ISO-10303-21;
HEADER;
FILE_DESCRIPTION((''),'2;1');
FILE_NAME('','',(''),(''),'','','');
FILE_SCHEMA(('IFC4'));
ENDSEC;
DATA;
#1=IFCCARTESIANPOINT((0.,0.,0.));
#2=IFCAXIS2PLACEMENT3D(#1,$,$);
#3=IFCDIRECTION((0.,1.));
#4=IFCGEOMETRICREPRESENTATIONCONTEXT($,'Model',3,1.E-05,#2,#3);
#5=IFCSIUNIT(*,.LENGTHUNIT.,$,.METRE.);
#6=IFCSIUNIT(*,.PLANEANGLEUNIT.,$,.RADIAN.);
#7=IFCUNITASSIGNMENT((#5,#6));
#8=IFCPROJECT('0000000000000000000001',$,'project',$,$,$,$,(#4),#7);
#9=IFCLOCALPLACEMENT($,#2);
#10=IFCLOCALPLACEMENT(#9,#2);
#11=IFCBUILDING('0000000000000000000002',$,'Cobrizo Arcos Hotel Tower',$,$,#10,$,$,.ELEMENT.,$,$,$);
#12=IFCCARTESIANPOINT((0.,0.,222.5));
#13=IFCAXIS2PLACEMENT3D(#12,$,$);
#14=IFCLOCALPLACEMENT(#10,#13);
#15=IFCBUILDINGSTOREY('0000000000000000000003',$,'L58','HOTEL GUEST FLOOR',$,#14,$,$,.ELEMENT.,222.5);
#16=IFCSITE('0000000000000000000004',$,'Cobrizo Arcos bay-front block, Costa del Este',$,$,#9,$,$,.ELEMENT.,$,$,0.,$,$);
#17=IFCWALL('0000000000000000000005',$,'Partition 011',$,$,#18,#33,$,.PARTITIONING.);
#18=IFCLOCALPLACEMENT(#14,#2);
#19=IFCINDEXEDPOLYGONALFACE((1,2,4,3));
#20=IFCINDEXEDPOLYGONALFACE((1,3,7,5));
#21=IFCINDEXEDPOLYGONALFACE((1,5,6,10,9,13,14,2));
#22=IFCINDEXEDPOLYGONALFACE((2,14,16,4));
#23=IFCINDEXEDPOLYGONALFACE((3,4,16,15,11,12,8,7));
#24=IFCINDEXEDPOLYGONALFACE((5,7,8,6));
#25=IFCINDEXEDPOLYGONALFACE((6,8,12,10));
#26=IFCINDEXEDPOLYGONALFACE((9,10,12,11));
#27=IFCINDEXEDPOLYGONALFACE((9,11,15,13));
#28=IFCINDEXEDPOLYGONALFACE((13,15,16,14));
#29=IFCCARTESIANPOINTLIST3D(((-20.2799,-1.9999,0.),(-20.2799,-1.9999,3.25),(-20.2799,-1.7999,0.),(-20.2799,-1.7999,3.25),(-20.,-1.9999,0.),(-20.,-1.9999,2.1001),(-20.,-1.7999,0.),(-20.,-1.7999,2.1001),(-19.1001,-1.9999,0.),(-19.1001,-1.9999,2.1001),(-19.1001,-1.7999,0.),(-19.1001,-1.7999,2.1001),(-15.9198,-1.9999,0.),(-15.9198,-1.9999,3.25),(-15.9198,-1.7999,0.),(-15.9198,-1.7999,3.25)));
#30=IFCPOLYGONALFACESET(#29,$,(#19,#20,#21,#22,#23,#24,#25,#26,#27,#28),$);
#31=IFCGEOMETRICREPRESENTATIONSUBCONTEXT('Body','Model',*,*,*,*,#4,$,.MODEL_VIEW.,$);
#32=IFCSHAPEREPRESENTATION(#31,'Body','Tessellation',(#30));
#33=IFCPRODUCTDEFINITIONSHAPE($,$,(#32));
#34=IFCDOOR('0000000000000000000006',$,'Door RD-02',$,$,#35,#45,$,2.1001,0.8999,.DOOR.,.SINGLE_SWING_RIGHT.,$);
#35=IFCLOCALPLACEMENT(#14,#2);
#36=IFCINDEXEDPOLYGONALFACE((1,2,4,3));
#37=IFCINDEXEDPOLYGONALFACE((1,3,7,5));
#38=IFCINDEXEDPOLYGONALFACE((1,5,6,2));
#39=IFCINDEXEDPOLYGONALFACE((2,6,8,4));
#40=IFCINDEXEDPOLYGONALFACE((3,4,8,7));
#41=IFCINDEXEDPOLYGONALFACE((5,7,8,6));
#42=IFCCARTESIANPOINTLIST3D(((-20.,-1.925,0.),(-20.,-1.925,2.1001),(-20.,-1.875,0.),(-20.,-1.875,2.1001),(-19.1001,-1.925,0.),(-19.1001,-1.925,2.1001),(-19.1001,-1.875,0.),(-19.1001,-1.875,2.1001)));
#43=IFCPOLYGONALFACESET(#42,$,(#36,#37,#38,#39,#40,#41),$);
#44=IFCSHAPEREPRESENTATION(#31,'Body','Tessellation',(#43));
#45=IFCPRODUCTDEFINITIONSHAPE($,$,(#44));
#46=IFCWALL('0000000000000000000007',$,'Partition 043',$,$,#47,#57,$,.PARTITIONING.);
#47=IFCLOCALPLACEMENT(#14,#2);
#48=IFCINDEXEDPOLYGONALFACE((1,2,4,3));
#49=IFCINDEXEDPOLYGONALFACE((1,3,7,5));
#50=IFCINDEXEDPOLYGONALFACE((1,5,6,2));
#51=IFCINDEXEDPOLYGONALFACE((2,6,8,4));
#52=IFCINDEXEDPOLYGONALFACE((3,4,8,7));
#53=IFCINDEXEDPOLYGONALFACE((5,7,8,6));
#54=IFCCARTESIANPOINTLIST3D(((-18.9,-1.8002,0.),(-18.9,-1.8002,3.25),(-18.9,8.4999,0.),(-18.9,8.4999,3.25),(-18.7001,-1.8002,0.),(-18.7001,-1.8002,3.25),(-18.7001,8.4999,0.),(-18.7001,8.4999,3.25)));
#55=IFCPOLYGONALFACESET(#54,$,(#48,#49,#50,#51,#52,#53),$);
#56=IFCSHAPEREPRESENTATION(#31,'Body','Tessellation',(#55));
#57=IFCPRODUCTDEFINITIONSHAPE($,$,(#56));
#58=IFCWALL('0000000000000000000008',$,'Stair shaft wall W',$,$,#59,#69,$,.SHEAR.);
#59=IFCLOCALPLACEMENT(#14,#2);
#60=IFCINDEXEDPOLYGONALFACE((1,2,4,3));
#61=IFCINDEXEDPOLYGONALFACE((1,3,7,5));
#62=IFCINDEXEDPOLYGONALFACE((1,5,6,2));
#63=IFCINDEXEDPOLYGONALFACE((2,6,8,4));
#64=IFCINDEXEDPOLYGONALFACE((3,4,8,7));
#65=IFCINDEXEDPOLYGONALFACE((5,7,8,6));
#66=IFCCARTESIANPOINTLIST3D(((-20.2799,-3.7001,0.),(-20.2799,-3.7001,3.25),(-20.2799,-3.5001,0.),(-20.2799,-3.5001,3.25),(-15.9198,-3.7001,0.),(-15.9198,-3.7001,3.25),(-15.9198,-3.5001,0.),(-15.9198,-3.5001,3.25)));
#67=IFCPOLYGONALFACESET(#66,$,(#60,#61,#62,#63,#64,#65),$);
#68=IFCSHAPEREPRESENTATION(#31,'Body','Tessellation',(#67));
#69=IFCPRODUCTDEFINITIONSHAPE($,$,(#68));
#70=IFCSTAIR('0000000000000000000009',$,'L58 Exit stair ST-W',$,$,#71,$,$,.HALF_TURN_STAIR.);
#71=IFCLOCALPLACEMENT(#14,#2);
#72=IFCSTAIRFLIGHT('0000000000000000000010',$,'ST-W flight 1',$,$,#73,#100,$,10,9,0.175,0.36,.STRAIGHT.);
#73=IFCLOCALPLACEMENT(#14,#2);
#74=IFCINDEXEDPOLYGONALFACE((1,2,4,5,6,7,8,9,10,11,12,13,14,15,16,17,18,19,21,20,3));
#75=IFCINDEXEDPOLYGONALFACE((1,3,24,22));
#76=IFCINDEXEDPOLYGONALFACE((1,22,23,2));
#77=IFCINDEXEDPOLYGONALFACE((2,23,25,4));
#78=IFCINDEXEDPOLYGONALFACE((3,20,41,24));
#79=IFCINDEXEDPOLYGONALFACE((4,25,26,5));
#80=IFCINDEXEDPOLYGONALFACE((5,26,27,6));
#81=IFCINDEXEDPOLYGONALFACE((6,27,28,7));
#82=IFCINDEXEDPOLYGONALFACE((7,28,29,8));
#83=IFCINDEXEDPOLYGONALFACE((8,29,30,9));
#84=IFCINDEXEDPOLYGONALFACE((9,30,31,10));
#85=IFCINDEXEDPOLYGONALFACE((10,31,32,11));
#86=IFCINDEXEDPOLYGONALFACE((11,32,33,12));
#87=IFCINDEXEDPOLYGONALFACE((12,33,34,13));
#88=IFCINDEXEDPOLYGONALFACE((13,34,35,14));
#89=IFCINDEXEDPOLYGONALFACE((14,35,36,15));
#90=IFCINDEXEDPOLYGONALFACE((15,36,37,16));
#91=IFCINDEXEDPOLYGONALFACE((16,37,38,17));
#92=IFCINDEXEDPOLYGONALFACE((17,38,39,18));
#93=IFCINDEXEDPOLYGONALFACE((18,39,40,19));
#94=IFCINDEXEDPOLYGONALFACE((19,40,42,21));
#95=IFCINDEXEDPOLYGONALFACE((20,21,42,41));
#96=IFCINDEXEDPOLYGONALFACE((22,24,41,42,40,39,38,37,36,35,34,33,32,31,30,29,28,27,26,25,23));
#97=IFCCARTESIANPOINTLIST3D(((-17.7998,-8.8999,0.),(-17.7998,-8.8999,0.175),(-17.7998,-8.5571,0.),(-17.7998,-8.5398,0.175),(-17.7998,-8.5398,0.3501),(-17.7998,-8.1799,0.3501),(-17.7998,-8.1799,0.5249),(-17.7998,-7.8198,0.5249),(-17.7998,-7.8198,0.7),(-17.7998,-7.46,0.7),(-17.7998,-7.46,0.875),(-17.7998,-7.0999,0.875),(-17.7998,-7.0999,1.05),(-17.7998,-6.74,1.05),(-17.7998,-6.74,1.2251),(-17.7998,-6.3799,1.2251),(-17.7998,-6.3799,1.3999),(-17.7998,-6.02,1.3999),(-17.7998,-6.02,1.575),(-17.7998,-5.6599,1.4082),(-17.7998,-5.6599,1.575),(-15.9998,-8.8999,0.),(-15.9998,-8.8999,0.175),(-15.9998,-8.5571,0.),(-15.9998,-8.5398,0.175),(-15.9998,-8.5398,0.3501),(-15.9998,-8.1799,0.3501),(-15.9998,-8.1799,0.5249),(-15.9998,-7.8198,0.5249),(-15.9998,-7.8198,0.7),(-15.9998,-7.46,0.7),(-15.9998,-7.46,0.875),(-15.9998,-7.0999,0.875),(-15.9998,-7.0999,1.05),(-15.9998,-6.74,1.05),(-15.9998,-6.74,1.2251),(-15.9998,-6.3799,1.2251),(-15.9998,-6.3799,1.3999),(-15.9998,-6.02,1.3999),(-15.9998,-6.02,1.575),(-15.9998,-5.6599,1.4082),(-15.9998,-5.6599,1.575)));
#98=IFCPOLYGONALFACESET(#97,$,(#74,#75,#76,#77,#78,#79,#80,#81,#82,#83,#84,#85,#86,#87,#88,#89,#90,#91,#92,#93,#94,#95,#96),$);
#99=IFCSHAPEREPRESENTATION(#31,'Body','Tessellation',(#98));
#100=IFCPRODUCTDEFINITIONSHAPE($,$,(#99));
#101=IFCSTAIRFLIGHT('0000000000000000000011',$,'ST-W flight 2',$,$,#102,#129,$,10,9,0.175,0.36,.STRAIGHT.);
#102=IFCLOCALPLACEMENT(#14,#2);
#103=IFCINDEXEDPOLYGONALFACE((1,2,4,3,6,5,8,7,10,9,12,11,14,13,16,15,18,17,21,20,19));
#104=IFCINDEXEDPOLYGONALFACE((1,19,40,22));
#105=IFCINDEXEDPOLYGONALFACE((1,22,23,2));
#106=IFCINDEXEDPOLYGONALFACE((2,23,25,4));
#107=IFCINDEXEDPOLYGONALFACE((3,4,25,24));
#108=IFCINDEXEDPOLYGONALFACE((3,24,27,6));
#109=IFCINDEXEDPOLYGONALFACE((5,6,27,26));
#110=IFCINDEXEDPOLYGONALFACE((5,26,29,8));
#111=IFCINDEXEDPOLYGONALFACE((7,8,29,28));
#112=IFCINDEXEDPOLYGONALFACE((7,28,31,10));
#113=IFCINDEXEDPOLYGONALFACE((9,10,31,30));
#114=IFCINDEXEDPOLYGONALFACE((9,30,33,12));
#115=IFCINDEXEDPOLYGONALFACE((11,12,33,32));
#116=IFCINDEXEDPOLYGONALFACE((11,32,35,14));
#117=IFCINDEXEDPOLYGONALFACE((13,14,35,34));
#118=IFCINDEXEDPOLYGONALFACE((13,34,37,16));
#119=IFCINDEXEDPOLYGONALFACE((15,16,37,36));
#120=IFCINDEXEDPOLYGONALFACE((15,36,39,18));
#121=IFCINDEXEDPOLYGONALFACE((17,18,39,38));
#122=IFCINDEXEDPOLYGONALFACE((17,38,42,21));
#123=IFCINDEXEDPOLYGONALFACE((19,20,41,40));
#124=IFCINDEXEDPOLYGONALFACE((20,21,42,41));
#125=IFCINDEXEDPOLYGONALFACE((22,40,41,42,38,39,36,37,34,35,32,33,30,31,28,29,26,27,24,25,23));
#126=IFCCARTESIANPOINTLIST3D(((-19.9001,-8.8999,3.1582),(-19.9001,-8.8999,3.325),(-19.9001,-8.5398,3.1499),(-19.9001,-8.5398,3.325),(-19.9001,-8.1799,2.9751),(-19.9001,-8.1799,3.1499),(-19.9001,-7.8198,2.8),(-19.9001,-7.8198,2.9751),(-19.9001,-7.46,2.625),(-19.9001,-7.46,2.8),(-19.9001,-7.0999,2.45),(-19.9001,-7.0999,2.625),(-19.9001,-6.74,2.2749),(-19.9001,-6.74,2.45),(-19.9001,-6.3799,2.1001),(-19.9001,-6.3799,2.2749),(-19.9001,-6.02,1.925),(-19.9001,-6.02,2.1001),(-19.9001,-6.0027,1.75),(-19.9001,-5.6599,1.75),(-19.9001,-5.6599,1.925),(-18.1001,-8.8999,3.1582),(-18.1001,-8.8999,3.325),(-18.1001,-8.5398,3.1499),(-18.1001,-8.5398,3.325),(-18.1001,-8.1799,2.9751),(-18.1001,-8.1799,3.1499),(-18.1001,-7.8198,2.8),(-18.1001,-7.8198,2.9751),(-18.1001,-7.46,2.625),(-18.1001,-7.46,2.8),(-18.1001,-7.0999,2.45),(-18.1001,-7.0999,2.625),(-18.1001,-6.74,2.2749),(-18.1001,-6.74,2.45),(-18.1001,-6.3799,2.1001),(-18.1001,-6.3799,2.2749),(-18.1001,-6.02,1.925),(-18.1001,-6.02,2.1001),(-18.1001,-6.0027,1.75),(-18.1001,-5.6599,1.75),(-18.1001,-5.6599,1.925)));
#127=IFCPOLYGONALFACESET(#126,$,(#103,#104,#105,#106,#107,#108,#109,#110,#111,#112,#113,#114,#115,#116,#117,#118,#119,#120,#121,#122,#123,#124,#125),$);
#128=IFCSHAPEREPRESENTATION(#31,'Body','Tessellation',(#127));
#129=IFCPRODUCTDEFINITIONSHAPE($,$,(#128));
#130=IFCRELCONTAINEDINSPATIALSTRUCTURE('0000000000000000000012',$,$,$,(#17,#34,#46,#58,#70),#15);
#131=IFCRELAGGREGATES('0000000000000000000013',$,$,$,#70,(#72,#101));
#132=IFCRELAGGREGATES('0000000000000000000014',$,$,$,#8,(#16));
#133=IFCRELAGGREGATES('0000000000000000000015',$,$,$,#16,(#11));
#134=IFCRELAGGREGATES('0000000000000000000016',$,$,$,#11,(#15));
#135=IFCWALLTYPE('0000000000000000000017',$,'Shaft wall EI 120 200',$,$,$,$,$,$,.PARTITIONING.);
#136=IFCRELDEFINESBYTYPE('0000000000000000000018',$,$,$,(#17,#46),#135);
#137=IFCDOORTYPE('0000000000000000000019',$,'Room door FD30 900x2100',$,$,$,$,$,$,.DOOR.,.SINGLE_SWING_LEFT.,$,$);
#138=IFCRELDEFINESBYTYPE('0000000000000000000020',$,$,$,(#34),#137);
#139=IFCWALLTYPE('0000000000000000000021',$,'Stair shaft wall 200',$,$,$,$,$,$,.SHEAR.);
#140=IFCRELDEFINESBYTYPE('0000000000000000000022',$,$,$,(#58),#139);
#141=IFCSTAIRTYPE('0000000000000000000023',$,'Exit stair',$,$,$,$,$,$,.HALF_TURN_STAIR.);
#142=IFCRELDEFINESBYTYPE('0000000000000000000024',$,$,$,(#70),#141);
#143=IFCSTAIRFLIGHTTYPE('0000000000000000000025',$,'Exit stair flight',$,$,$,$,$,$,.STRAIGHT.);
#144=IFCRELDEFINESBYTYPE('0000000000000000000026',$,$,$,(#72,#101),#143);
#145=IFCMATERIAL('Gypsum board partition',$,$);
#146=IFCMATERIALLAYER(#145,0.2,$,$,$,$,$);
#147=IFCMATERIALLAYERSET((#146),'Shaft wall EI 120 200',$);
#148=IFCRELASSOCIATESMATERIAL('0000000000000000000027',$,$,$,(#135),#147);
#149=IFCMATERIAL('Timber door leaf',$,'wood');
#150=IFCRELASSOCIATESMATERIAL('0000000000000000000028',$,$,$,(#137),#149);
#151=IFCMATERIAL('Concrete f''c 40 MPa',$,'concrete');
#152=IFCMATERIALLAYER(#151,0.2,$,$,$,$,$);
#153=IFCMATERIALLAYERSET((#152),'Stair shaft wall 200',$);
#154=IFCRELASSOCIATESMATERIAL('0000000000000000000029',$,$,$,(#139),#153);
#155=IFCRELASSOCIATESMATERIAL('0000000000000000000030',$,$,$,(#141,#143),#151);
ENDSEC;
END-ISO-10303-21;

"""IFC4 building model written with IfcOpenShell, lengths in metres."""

from ifc_helpers import new_model, si_unit, direction, frame, frame_2d, origin, place, context, subcontext, project, spatial, polyline, rectangle, outline, extrude, material, layer, layer_set, type_object, element, fill, aggregate, save


model = new_model("IFC4")

# Units and contexts
model_context = context("Model", 3, precision=1e-05, world=origin(), true_north=direction((0.0, 1.0)))
body_context = subcontext(model_context, "Body", "Model", "MODEL_VIEW")
ifc_project = project(units=[si_unit("LENGTHUNIT", "METRE"), si_unit("PLANEANGLEUNIT", "RADIAN")], contexts=[model_context])

# Site, building, storey
site_placement = place(None, origin())
site = spatial("IfcSite", under=ifc_project, at=site_placement, Name="Cobrizo Arcos bay-front block, Costa del Este", CompositionType="ELEMENT", RefElevation=0.0)
building_placement = place(site_placement, origin())
building = spatial("IfcBuilding", under=site, at=building_placement, Name="Cobrizo Arcos Hotel Tower", CompositionType="ELEMENT")
storey_placement = place(building_placement, frame((0.0, 0.0, 222.5)))
storey = spatial("IfcBuildingStorey", under=building, at=storey_placement, Name="L58", Description="HOTEL GUEST FLOOR", CompositionType="ELEMENT", Elevation=222.5)

# Wall, opening, door
ifc_material_1 = material(Name="Gypsum board partition")
ifc_layer_1 = layer(ifc_material_1, 0.2)
ifc_layer_set_1 = layer_set([ifc_layer_1], Name="Shaft wall EI 120 200")
wall_type_1 = type_object("IfcWallType", Name="Shaft wall EI 120 200", PredefinedType="PARTITIONING", material=ifc_layer_set_1)
wall_1_placement = place(storey_placement, frame((-20.28, -1.8999, 0.0), z_axis=(0.0, 0.0, 1.0), x_axis=(1.0, 0.0, 0.0)))
wall_1 = element("IfcWall", 1, at=wall_1_placement, inside=storey, type_object=wall_type_1, Name="Partition 011", PredefinedType="PARTITIONING", context=body_context, shape_type="SweptSolid", body=[
    extrude(rectangle(XDim=4.3601, YDim=0.2, at=frame_2d((2.1802, 0.0))), origin(), (0.0, 0.0, 1.0), 3.25),
])
opening_placement = place(wall_1_placement, frame((0.28, 0.0, 0.0)))
opening = element("IfcOpeningElement", 2, at=opening_placement, cuts=wall_1, PredefinedType="OPENING", context=body_context, shape_type="SweptSolid", body=[
    extrude(rectangle(XDim=0.8999, YDim=2.1001, at=frame_2d((0.45, 1.05))), frame((0.0, 0.1121, 0.0), z_axis=(0.0, -1.0, 0.0), x_axis=(1.0, 0.0, 0.0)), (0.0, 0.0, 1.0), 0.2239),
])
ifc_material_2 = material(Name="Timber door leaf", Category="wood")
door_type = type_object("IfcDoorType", Name="Room door FD30 900x2100", OperationType="SINGLE_SWING_LEFT", PredefinedType="DOOR", material=ifc_material_2)
door_placement = place(opening_placement, origin())
door = element("IfcDoor", 3, at=door_placement, inside=storey, type_object=door_type, Name="Door RD-02", OperationType="SINGLE_SWING_RIGHT", OverallHeight=2.1001, OverallWidth=0.8999, PredefinedType="DOOR", context=body_context, shape_type="SweptSolid", body=[
    extrude(rectangle(XDim=0.8999, YDim=2.1001, at=frame_2d((0.45, 1.05))), frame((0.0, 0.0249, 0.0), z_axis=(0.0, -1.0, 0.0), x_axis=(1.0, 0.0, 0.0)), (0.0, 0.0, 1.0), 0.05),
])
fill(opening, door)

# Walls
wall_2_placement = place(storey_placement, frame((-18.8, -1.8, 0.0), z_axis=(0.0, 0.0, 1.0), x_axis=(0.0, 1.0, 0.0)))
element("IfcWall", 4, at=wall_2_placement, inside=storey, type_object=wall_type_1, Name="Partition 043", PredefinedType="PARTITIONING", context=body_context, shape_type="SweptSolid", body=[
    extrude(rectangle(XDim=10.3, YDim=0.2, at=frame_2d((5.1499, 0.0))), origin(), (0.0, 0.0, 1.0), 3.25),
])
ifc_material_3 = material(Name="Concrete f'c 40 MPa", Category="concrete")
ifc_layer_2 = layer(ifc_material_3, 0.2)
ifc_layer_set_2 = layer_set([ifc_layer_2], Name="Stair shaft wall 200")
wall_type_2 = type_object("IfcWallType", Name="Stair shaft wall 200", PredefinedType="SHEAR", material=ifc_layer_set_2)
wall_3_placement = place(storey_placement, frame((-20.28, -3.6001, 0.0), z_axis=(0.0, 0.0, 1.0), x_axis=(1.0, 0.0, 0.0)))
element("IfcWall", 5, at=wall_3_placement, inside=storey, type_object=wall_type_2, Name="Stair shaft wall W", PredefinedType="SHEAR", context=body_context, shape_type="SweptSolid", body=[
    extrude(rectangle(XDim=4.3601, YDim=0.2, at=frame_2d((2.1802, 0.0))), origin(), (0.0, 0.0, 1.0), 3.25),
])

# Stair, stair flights
stair_type = type_object("IfcStairType", Name="Exit stair", PredefinedType="HALF_TURN_STAIR", material=ifc_material_3)
stair_placement = place(storey_placement, origin())
stair = element("IfcStair", 6, at=stair_placement, inside=storey, type_object=stair_type, Name="L58 Exit stair ST-W", PredefinedType="HALF_TURN_STAIR")
stair_flight_type = type_object("IfcStairFlightType", Name="Exit stair flight", PredefinedType="STRAIGHT", material=ifc_material_3)
stair_flight_1_placement = place(storey_placement, frame((-16.8999, -8.8999, 0.0), z_axis=(0.0, 0.0, 1.0), x_axis=(0.0, 1.0, 0.0)))
stair_flight_1 = element("IfcStairFlight", 7, at=stair_flight_1_placement, type_object=stair_flight_type, Name="ST-W flight 1", NumberOfRisers=10, NumberOfTreads=9, PredefinedType="STRAIGHT", RiserHeight=0.175, TreadLength=0.36, context=body_context, shape_type="SweptSolid", body=[
    extrude(outline(polyline([(0.0, 0.0), (0.0, 0.175), (0.3601, 0.175), (0.3601, 0.3501), (0.72, 0.3501), (0.72, 0.5249), (1.0801, 0.5249), (1.0801, 0.7), (1.4399, 0.7), (1.4399, 0.875), (1.8, 0.875), (1.8, 1.05), (2.1599, 1.05), (2.1599, 1.2251), (2.52, 1.2251), (2.52, 1.3999), (2.8799, 1.3999), (2.8799, 1.575), (3.24, 1.575), (3.24, 1.75), (3.24, 1.4082), (0.3428, 0.0), (0.0, 0.0)])), frame((0.0, 0.8999, 0.0), z_axis=(0.0, -1.0, 0.0), x_axis=(1.0, 0.0, 0.0)), (0.0, 0.0, 1.0), 1.8),
])
stair_flight_2_placement = place(storey_placement, frame((-19.0, -5.6599, 1.75), z_axis=(0.0, 0.0, 1.0), x_axis=(0.0, -1.0, 0.0)))
stair_flight_2 = element("IfcStairFlight", 8, at=stair_flight_2_placement, type_object=stair_flight_type, Name="ST-W flight 2", NumberOfRisers=10, NumberOfTreads=9, PredefinedType="STRAIGHT", RiserHeight=0.175, TreadLength=0.36, context=body_context, shape_type="SweptSolid", body=[
    extrude(outline(polyline([(0.0, 0.0), (0.0, 0.175), (0.3601, 0.175), (0.3601, 0.3501), (0.72, 0.3501), (0.72, 0.5249), (1.0801, 0.5249), (1.0801, 0.7), (1.4399, 0.7), (1.4399, 0.875), (1.8, 0.875), (1.8, 1.05), (2.1599, 1.05), (2.1599, 1.2251), (2.52, 1.2251), (2.52, 1.3999), (2.8799, 1.3999), (2.8799, 1.575), (3.24, 1.575), (3.24, 1.75), (3.24, 1.4082), (0.3428, 0.0), (0.0, 0.0)])), frame((0.0, 0.8999, 0.0), z_axis=(0.0, -1.0, 0.0), x_axis=(1.0, 0.0, 0.0)), (0.0, 0.0, 1.0), 1.8),
])
aggregate(stair, [stair_flight_1, stair_flight_2])

save(model, "model.ifc")
